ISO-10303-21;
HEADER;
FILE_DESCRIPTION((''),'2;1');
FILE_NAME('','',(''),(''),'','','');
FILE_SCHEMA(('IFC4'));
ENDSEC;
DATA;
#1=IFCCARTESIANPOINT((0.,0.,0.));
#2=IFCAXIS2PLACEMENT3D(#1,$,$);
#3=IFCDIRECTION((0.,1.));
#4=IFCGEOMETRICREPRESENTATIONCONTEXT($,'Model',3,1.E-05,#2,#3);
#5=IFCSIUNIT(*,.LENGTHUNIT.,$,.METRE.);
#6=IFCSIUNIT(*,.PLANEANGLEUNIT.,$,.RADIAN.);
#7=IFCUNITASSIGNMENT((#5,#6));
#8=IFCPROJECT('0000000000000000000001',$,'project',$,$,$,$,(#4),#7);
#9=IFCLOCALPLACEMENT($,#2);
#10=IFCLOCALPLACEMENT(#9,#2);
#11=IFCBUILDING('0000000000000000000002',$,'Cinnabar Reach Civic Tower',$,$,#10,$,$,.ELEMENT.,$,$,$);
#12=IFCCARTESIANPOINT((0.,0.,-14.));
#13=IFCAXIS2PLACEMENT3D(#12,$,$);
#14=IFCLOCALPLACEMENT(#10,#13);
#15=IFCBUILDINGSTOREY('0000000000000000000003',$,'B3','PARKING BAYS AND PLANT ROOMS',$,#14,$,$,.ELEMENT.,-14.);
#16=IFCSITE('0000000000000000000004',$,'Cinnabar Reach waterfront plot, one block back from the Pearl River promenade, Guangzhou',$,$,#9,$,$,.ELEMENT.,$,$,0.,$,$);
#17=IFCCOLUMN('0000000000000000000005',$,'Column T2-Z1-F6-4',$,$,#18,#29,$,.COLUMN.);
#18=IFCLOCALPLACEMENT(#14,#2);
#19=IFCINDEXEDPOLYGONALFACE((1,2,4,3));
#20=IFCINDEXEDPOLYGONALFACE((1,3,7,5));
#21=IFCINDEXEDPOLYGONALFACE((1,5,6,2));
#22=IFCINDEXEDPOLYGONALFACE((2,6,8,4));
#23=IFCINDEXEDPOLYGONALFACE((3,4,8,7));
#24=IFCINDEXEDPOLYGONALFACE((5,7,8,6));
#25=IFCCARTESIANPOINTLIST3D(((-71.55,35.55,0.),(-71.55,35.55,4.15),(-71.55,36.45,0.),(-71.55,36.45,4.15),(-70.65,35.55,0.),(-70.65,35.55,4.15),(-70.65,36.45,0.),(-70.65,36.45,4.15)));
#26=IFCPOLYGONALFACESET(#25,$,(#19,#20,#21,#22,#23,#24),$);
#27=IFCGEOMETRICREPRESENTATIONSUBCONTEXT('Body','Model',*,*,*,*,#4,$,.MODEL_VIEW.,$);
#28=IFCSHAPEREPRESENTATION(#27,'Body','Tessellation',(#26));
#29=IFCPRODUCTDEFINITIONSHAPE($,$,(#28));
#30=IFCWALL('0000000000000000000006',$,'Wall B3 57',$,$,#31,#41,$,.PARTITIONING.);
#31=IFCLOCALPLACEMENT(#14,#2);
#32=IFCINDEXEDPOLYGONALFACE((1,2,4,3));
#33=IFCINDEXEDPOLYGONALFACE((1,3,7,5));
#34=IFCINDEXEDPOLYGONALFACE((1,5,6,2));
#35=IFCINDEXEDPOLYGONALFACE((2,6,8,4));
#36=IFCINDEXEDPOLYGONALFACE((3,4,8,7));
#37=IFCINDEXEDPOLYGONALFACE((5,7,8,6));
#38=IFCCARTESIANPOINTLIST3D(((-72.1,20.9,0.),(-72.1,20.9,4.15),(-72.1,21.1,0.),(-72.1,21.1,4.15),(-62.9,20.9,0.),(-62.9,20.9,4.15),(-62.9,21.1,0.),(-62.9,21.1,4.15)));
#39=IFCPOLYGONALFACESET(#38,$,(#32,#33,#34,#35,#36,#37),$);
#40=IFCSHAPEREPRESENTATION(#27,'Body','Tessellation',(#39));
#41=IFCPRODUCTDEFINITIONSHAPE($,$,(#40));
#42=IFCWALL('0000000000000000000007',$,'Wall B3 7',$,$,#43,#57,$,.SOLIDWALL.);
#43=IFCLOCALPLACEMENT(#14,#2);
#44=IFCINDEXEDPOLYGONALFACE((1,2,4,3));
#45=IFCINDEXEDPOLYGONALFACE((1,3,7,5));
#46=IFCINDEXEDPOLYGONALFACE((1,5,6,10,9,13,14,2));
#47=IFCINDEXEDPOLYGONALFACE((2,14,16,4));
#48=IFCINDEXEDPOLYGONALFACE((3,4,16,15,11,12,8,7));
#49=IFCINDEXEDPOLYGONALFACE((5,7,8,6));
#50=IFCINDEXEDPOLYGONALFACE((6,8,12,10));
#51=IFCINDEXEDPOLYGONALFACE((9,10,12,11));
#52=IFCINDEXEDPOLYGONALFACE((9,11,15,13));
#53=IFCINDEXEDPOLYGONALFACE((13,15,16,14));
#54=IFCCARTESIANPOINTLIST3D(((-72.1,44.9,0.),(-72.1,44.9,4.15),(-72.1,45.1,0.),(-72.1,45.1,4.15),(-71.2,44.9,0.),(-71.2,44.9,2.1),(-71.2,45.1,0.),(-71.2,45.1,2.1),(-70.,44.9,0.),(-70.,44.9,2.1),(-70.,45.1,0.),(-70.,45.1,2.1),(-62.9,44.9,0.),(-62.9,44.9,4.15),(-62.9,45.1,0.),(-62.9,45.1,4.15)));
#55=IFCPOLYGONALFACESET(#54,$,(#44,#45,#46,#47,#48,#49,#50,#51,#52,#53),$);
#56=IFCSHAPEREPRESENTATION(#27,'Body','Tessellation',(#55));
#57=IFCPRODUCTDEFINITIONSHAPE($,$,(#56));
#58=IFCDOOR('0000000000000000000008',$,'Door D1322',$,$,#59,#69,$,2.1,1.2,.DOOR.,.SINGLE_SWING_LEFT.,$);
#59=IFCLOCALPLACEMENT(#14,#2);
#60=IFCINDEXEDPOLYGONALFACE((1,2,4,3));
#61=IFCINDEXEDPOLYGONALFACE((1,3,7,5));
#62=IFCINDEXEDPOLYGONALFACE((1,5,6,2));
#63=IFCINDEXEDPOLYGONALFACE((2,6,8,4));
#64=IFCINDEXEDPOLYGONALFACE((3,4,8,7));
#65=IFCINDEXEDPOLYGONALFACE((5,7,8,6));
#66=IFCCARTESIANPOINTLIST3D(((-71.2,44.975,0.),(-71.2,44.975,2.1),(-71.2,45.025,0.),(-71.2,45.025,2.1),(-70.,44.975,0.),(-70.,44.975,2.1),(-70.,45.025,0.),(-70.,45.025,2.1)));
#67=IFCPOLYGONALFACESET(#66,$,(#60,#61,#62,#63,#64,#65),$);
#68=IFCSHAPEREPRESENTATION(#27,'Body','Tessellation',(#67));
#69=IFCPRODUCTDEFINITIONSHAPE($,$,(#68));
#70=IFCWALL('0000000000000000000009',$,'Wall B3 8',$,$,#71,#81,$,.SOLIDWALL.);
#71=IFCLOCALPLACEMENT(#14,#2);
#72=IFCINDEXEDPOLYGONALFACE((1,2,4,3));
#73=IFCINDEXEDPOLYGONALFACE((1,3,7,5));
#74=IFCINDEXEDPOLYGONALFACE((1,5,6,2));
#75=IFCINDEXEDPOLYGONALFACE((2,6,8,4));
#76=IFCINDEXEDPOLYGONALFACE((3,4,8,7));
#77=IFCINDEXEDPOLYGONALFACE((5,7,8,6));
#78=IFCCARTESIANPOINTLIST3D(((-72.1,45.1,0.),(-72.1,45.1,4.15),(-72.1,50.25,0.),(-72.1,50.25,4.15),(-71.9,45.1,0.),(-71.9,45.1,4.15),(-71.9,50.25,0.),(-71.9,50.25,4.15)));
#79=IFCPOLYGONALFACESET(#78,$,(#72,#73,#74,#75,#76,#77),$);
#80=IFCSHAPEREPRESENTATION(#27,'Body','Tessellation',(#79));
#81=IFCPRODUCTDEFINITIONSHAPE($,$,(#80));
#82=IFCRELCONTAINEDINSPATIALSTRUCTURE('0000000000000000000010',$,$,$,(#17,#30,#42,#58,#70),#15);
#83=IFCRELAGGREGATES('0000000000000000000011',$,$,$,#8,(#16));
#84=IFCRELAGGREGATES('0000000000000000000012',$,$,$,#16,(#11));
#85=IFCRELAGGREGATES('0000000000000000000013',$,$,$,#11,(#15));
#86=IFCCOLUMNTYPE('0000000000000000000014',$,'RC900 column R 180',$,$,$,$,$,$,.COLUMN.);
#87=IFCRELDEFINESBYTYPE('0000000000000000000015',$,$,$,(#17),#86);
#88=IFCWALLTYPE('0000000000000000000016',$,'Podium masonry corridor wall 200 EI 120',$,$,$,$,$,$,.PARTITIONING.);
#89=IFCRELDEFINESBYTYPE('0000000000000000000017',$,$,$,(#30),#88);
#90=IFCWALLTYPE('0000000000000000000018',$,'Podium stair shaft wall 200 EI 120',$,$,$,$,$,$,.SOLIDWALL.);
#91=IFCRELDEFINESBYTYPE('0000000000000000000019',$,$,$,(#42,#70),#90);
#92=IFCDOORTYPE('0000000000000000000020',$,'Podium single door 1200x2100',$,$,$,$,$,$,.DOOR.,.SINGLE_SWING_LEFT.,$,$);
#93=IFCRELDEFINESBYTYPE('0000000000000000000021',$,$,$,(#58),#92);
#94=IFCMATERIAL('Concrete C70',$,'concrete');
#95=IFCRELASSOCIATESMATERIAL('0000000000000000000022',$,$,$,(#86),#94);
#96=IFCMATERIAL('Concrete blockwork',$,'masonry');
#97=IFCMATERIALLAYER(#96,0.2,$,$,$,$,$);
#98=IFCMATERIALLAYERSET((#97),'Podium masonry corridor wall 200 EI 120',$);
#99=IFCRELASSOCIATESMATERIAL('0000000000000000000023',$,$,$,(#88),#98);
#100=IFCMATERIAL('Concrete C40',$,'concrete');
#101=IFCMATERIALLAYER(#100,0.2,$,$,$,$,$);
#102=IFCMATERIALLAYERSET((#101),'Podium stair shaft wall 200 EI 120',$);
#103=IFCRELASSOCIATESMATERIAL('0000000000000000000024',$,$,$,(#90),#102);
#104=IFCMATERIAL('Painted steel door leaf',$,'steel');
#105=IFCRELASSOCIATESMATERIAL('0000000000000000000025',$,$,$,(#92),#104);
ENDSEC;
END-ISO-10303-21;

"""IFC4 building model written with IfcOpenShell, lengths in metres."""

from ifc_helpers import new_model, si_unit, direction, frame, frame_2d, origin, origin_2d, place, context, subcontext, project, spatial, rectangle, extrude, material, layer, layer_set, material_profile, profile_set, type_object, element, fill, save


model = new_model("IFC4")

# Units and contexts
model_context = context("Model", 3, precision=1e-05, world=origin(), true_north=direction((0.0, 1.0)))
body_context = subcontext(model_context, "Body", "Model", "MODEL_VIEW")
ifc_project = project(units=[si_unit("LENGTHUNIT", "METRE"), si_unit("PLANEANGLEUNIT", "RADIAN")], contexts=[model_context])

# Site, building, storey
site_placement = place(None, origin())
site = spatial("IfcSite", under=ifc_project, at=site_placement, Name="Cinnabar Reach waterfront plot, one block back from the Pearl River promenade, Guangzhou", CompositionType="ELEMENT", RefElevation=0.0)
building_placement = place(site_placement, origin())
building = spatial("IfcBuilding", under=site, at=building_placement, Name="Cinnabar Reach Civic Tower", CompositionType="ELEMENT")
storey_placement = place(building_placement, frame((0.0, 0.0, -14.0)))
storey = spatial("IfcBuildingStorey", under=building, at=storey_placement, Name="B3", Description="PARKING BAYS AND PLANT ROOMS", CompositionType="ELEMENT", Elevation=-14.0)

# Shared definitions
ifc_material_1 = material(Name="Concrete C40", Category="concrete")

# Column
ifc_material_2 = material(Name="Concrete C70", Category="concrete")
ifc_material_profile_1 = material_profile(ifc_material_2, rectangle(XDim=0.9, YDim=0.9, at=origin_2d()), Name="RC900")
ifc_profile_set_1 = profile_set([ifc_material_profile_1], Name="Concrete C70")
column_type_1 = type_object("IfcColumnType", Name="RC900 column R 180", PredefinedType="COLUMN", material=ifc_profile_set_1)
for number, where, z_axis, x_axis, name in (
    (1, (-71.1, 36.0, 0.0), (0.0, 0.0, 1.0), (1.0, 0.0, 0.0), "Column T2-Z1-F6-4"),
):
    element("IfcColumn", number, at=place(storey_placement, frame(where, z_axis=z_axis, x_axis=x_axis)), inside=storey, type_object=column_type_1, Name=name, PredefinedType="COLUMN", context=body_context, shape_type="SweptSolid", body=[
        extrude(rectangle(XDim=0.9, YDim=0.9, at=origin_2d()), origin(), (0.0, 0.0, 1.0), 4.15),
    ])

# Wall
ifc_material_3 = material(Name="Concrete blockwork", Category="masonry")
ifc_layer_1 = layer(ifc_material_3, 0.2)
ifc_layer_set_1 = layer_set([ifc_layer_1], Name="Podium masonry corridor wall 200 EI 120")
wall_type_1 = type_object("IfcWallType", Name="Podium masonry corridor wall 200 EI 120", PredefinedType="PARTITIONING", material=ifc_layer_set_1)
wall_1_placement = place(storey_placement, frame((-72.1, 21.0, 0.0), z_axis=(0.0, 0.0, 1.0), x_axis=(1.0, 0.0, 0.0)))
element("IfcWall", 2, at=wall_1_placement, inside=storey, type_object=wall_type_1, Name="Wall B3 57", PredefinedType="PARTITIONING", context=body_context, shape_type="SweptSolid", body=[
    extrude(rectangle(XDim=9.2, YDim=0.2, at=frame_2d((4.6, 0.0))), origin(), (0.0, 0.0, 1.0), 4.15),
])

# Wall, opening, door
ifc_layer_2 = layer(ifc_material_1, 0.2)
ifc_layer_set_2 = layer_set([ifc_layer_2], Name="Podium stair shaft wall 200 EI 120")
wall_type_2 = type_object("IfcWallType", Name="Podium stair shaft wall 200 EI 120", PredefinedType="SOLIDWALL", material=ifc_layer_set_2)
wall_2_placement = place(storey_placement, frame((-72.1, 45.0, 0.0), z_axis=(0.0, 0.0, 1.0), x_axis=(1.0, 0.0, 0.0)))
wall_2 = element("IfcWall", 3, at=wall_2_placement, inside=storey, type_object=wall_type_2, Name="Wall B3 7", PredefinedType="SOLIDWALL", context=body_context, shape_type="SweptSolid", body=[
    extrude(rectangle(XDim=9.2, YDim=0.2, at=frame_2d((4.6, 0.0))), origin(), (0.0, 0.0, 1.0), 4.15),
])
opening_placement = place(wall_2_placement, frame((0.9, 0.0, 0.0)))
opening = element("IfcOpeningElement", 4, at=opening_placement, cuts=wall_2, PredefinedType="OPENING", context=body_context, shape_type="SweptSolid", body=[
    extrude(rectangle(XDim=1.2, YDim=2.1, at=frame_2d((0.6, 1.05))), frame((0.0, 0.11, 0.0), z_axis=(0.0, -1.0, 0.0), x_axis=(1.0, 0.0, 0.0)), (0.0, 0.0, 1.0), 0.22),
])
ifc_material_4 = material(Name="Painted steel door leaf", Category="steel")
door_type = type_object("IfcDoorType", Name="Podium single door 1200x2100", OperationType="SINGLE_SWING_LEFT", PredefinedType="DOOR", material=ifc_material_4)
door_placement = place(opening_placement, origin())
door = element("IfcDoor", 5, at=door_placement, inside=storey, type_object=door_type, Name="Door D1322", OperationType="SINGLE_SWING_LEFT", OverallHeight=2.1, OverallWidth=1.2, PredefinedType="DOOR", context=body_context, shape_type="SweptSolid", body=[
    extrude(rectangle(XDim=1.2, YDim=2.1, at=frame_2d((0.6, 1.05))), frame((0.0, 0.025, 0.0), z_axis=(0.0, -1.0, 0.0), x_axis=(1.0, 0.0, 0.0)), (0.0, 0.0, 1.0), 0.05),
])
fill(opening, door)

# Wall
wall_3_placement = place(storey_placement, frame((-72.0, 45.1, 0.0), z_axis=(0.0, 0.0, 1.0), x_axis=(0.0, 1.0, 0.0)))
element("IfcWall", 6, at=wall_3_placement, inside=storey, type_object=wall_type_2, Name="Wall B3 8", PredefinedType="SOLIDWALL", context=body_context, shape_type="SweptSolid", body=[
    extrude(rectangle(XDim=5.15, YDim=0.2, at=frame_2d((2.575, 0.0))), origin(), (0.0, 0.0, 1.0), 4.15),
])

save(model, "model.ifc")
